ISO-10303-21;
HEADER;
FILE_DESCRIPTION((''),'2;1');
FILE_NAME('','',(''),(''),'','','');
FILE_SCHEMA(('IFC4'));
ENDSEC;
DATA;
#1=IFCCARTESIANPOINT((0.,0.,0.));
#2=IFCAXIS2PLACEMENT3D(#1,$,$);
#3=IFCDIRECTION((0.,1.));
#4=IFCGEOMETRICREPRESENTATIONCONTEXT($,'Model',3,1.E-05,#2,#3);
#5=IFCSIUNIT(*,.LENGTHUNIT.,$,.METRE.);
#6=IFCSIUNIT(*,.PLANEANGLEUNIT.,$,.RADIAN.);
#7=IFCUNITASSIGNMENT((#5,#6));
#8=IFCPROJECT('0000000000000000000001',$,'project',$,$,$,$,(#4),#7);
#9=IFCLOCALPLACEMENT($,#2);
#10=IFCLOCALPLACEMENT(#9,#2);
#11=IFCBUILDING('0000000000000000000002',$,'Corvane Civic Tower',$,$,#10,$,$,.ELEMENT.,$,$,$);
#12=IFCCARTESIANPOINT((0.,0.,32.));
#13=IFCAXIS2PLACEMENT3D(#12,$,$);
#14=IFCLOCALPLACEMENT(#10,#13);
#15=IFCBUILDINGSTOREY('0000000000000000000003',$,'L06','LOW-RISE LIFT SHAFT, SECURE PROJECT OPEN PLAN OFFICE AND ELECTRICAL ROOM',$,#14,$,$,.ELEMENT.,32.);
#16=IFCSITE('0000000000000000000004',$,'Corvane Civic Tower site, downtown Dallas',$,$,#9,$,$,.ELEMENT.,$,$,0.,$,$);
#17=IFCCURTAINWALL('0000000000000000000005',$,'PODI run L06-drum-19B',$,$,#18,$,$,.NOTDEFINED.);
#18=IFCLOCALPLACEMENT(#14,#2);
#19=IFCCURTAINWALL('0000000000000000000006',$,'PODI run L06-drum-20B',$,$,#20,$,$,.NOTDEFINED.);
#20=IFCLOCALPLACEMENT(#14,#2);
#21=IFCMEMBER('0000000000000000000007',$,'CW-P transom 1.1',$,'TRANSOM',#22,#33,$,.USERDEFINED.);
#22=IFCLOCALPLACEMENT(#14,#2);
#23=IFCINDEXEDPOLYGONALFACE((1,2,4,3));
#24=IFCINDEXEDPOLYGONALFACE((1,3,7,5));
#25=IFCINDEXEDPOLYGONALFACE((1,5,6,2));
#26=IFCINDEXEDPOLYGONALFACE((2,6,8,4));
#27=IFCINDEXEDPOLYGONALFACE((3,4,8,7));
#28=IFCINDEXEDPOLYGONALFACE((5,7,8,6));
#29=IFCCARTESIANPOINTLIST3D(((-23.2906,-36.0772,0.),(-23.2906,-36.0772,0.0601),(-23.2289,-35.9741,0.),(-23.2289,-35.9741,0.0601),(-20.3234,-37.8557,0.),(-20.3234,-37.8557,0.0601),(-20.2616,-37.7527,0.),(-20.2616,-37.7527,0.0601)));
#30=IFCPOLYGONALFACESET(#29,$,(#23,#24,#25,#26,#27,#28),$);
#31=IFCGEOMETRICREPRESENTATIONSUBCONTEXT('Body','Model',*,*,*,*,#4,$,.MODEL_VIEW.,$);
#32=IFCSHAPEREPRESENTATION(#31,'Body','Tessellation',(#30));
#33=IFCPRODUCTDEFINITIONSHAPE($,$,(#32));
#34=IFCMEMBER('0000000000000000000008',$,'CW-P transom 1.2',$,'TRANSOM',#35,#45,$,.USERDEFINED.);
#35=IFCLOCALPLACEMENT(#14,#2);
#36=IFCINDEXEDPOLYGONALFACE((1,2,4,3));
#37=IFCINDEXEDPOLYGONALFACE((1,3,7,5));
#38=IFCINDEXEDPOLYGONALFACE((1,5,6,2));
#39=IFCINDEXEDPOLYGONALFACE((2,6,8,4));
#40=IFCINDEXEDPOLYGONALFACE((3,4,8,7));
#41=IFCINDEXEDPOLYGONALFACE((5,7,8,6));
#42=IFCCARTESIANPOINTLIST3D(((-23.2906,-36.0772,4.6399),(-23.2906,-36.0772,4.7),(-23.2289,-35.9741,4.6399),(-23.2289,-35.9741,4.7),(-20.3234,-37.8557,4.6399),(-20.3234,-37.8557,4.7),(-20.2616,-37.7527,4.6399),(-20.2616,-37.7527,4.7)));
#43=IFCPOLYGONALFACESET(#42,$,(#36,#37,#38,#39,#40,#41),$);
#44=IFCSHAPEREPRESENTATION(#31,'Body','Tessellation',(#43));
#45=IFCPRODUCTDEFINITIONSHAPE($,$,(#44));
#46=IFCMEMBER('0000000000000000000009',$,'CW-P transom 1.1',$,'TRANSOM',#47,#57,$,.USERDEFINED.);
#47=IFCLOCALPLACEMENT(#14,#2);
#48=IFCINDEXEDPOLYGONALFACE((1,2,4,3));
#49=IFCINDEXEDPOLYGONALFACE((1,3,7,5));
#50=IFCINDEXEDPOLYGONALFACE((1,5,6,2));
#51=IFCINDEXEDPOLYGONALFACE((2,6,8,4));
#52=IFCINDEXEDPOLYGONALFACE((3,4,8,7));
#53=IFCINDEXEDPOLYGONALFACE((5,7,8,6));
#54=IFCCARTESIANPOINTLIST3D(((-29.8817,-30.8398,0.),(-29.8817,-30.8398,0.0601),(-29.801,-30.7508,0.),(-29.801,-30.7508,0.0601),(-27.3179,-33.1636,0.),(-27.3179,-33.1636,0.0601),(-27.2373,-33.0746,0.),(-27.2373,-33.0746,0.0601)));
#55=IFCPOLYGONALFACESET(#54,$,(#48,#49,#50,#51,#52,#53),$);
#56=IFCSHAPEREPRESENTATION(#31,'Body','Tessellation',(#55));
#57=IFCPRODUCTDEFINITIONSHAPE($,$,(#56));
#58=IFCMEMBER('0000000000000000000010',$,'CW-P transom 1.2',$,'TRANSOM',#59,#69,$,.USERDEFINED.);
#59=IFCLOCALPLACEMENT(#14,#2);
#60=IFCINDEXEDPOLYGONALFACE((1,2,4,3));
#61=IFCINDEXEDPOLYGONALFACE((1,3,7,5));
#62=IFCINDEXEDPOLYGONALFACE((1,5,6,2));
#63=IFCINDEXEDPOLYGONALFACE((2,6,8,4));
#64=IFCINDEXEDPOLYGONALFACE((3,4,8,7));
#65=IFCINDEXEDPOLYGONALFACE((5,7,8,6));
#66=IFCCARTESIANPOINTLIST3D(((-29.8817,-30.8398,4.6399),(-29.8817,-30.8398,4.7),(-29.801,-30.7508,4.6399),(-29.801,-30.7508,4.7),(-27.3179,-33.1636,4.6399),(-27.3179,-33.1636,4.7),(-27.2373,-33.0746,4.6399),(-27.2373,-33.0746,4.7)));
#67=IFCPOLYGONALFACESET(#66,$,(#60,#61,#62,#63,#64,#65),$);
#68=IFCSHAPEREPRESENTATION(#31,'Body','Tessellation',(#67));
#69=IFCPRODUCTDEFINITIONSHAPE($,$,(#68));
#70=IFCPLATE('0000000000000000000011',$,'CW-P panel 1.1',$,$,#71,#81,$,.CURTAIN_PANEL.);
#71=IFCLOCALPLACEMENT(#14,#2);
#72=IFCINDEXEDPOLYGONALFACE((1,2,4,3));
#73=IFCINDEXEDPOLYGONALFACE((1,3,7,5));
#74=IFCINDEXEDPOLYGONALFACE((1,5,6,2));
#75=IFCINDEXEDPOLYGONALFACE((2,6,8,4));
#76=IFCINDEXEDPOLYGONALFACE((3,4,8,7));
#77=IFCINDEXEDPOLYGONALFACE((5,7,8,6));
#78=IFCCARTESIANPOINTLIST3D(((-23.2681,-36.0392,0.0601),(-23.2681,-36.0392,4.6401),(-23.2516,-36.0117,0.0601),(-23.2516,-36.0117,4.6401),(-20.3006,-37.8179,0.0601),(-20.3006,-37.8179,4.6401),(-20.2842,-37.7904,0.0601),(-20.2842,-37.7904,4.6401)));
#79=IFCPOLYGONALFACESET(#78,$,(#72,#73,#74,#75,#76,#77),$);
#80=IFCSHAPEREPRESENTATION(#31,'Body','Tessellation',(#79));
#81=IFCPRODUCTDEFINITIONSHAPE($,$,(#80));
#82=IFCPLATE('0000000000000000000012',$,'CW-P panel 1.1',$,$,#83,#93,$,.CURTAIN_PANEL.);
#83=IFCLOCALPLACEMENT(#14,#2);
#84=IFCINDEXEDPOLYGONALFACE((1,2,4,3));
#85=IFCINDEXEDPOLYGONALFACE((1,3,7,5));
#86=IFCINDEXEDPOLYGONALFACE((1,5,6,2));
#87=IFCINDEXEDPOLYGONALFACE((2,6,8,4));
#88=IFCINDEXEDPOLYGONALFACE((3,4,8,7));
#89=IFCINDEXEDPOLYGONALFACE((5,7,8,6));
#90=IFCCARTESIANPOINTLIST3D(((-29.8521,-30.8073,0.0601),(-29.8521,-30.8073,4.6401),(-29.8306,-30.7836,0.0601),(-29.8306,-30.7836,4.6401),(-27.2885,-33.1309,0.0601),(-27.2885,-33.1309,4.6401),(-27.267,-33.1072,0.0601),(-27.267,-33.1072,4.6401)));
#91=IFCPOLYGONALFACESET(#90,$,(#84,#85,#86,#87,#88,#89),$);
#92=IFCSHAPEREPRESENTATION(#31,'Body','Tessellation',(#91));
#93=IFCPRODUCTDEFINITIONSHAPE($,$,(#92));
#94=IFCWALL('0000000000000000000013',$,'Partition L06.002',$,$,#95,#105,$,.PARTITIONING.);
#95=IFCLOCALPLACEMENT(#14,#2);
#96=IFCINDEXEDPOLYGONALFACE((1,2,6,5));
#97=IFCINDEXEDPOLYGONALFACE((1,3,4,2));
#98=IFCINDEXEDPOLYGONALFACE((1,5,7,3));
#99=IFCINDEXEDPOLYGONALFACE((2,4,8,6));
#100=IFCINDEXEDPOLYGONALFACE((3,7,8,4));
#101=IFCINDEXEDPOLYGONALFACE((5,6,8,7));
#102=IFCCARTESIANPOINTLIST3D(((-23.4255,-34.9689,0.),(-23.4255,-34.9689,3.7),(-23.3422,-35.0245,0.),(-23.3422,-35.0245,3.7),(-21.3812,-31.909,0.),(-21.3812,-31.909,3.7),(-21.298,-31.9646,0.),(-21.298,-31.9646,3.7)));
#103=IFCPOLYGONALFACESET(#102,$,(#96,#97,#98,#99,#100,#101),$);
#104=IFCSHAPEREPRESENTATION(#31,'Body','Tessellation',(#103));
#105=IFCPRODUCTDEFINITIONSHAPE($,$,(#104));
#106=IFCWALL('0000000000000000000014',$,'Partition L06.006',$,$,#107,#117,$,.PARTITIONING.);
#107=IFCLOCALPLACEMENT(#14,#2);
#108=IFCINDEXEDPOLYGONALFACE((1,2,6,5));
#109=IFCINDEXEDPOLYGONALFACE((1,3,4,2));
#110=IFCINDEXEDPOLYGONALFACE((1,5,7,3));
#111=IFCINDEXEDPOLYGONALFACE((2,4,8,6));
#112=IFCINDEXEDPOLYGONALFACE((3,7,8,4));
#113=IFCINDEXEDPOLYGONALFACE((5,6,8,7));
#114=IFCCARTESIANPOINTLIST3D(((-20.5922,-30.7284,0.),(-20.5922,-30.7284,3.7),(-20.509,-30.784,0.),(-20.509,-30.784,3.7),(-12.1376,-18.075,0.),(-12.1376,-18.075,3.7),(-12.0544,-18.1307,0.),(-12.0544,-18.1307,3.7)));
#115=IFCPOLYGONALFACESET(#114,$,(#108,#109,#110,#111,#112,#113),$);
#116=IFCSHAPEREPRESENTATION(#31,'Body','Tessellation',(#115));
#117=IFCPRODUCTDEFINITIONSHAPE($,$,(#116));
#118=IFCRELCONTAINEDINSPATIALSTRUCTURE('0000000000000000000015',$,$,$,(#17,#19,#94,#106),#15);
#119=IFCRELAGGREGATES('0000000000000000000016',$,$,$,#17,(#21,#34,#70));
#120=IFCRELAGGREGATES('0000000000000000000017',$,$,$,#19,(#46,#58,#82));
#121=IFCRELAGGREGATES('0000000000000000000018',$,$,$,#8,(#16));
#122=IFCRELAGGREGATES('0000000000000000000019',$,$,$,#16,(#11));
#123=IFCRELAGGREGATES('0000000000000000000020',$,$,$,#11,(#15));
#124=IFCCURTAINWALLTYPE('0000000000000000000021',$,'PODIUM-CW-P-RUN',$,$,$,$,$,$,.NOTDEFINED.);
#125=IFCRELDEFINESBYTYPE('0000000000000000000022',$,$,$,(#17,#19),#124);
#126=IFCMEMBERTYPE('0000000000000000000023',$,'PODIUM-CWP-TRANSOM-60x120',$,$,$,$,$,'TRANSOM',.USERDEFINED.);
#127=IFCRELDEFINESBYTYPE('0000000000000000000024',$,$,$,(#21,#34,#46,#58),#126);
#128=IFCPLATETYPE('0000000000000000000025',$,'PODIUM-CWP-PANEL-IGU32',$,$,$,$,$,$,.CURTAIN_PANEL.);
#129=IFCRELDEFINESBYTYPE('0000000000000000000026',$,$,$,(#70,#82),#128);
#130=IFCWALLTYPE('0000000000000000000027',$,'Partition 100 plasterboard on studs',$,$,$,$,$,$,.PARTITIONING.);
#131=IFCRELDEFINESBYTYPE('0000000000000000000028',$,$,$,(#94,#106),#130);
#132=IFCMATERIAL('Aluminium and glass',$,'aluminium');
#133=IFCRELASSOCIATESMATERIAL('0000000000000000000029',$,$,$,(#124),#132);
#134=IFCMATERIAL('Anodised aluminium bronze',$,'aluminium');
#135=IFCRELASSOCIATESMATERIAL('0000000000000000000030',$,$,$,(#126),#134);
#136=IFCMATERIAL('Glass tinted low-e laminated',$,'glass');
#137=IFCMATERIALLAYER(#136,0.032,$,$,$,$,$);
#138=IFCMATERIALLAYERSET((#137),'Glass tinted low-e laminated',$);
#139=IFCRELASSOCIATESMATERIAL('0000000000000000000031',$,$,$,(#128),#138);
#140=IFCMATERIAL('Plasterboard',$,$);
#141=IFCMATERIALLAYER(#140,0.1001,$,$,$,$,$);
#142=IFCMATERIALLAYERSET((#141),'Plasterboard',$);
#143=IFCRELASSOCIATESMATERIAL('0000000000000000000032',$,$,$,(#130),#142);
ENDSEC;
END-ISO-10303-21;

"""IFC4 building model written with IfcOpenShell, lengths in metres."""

from ifc_helpers import new_model, si_unit, direction, frame, frame_2d, origin, origin_2d, place, context, subcontext, project, spatial, rectangle, extrude, material, layer, layer_set, material_profile, profile_set, type_object, element, aggregate, save


model = new_model("IFC4")

# Units and contexts
model_context = context("Model", 3, precision=1e-05, world=origin(), true_north=direction((0.0, 1.0)))
body_context = subcontext(model_context, "Body", "Model", "MODEL_VIEW")
ifc_project = project(units=[si_unit("LENGTHUNIT", "METRE"), si_unit("PLANEANGLEUNIT", "RADIAN")], contexts=[model_context])

# Site, building, storey
site_placement = place(None, origin())
site = spatial("IfcSite", under=ifc_project, at=site_placement, Name="Corvane Civic Tower site, downtown Dallas", CompositionType="ELEMENT", RefElevation=0.0)
building_placement = place(site_placement, origin())
building = spatial("IfcBuilding", under=site, at=building_placement, Name="Corvane Civic Tower", CompositionType="ELEMENT")
storey_placement = place(building_placement, frame((0.0, 0.0, 32.0)))
storey = spatial("IfcBuildingStorey", under=building, at=storey_placement, Name="L06", Description="LOW-RISE LIFT SHAFT, SECURE PROJECT OPEN PLAN OFFICE AND ELECTRICAL ROOM", CompositionType="ELEMENT", Elevation=32.0)

# Curtain wall
ifc_material_1 = material(Name="Aluminium and glass", Category="aluminium")
curtain_wall_type = type_object("IfcCurtainWallType", Name="PODIUM-CW-P-RUN", PredefinedType="NOTDEFINED", material=ifc_material_1)
curtain_wall_1_placement = place(storey_placement, origin())
curtain_wall_1 = element("IfcCurtainWall", 1, at=curtain_wall_1_placement, inside=storey, type_object=curtain_wall_type, Name="PODI run L06-drum-19B", PredefinedType="NOTDEFINED")

# Curtain wall
curtain_wall_2_placement = place(storey_placement, origin())
curtain_wall_2 = element("IfcCurtainWall", 2, at=curtain_wall_2_placement, inside=storey, type_object=curtain_wall_type, Name="PODI run L06-drum-20B", PredefinedType="NOTDEFINED")

# Members
ifc_material_2 = material(Name="Anodised aluminium bronze", Category="aluminium")
ifc_material_profile_1 = material_profile(ifc_material_2, rectangle(XDim=0.1201, YDim=0.0601, at=origin_2d()), Name="AL 120x60")
ifc_profile_set_1 = profile_set([ifc_material_profile_1], Name="Anodised aluminium bronze")
member_type_1 = type_object("IfcMemberType", Name="PODIUM-CWP-TRANSOM-60x120", ElementType="TRANSOM", PredefinedType="USERDEFINED", material=ifc_profile_set_1)
member_1_placement = place(storey_placement, frame((-20.2925, -37.8042, 0.03), z_axis=(-0.857723, 0.514112, 0.0), x_axis=(-0.514112, -0.857723, 0.0)))
member_1 = element("IfcMember", 3, at=member_1_placement, type_object=member_type_1, Name="CW-P transom 1.1", ObjectType="TRANSOM", PredefinedType="USERDEFINED", context=body_context, shape_type="SweptSolid", body=[
    extrude(rectangle(XDim=0.1201, YDim=0.0601, at=origin_2d()), origin(), (0.0, 0.0, 1.0), 3.4595),
])
member_2_placement = place(storey_placement, frame((-20.2925, -37.8042, 4.6699), z_axis=(-0.857723, 0.514112, 0.0), x_axis=(-0.514112, -0.857723, 0.0)))
member_2 = element("IfcMember", 4, at=member_2_placement, type_object=member_type_1, Name="CW-P transom 1.2", ObjectType="TRANSOM", PredefinedType="USERDEFINED", context=body_context, shape_type="SweptSolid", body=[
    extrude(rectangle(XDim=0.1201, YDim=0.0601, at=origin_2d()), origin(), (0.0, 0.0, 1.0), 3.4595),
])
member_3_placement = place(storey_placement, frame((-27.2776, -33.1191, 0.03), z_axis=(-0.740935, 0.671576, 0.0), x_axis=(-0.671576, -0.740935, 0.0)))
member_3 = element("IfcMember", 5, at=member_3_placement, type_object=member_type_1, Name="CW-P transom 1.1", ObjectType="TRANSOM", PredefinedType="USERDEFINED", context=body_context, shape_type="SweptSolid", body=[
    extrude(rectangle(XDim=0.1201, YDim=0.0601, at=origin_2d()), origin(), (0.0, 0.0, 1.0), 3.4602),
])
member_4_placement = place(storey_placement, frame((-27.2776, -33.1191, 4.6699), z_axis=(-0.740935, 0.671576, 0.0), x_axis=(-0.671576, -0.740935, 0.0)))
member_4 = element("IfcMember", 6, at=member_4_placement, type_object=member_type_1, Name="CW-P transom 1.2", ObjectType="TRANSOM", PredefinedType="USERDEFINED", context=body_context, shape_type="SweptSolid", body=[
    extrude(rectangle(XDim=0.1201, YDim=0.0601, at=origin_2d()), origin(), (0.0, 0.0, 1.0), 3.4602),
])

# Plates
ifc_material_3 = material(Name="Glass tinted low-e laminated", Category="glass")
ifc_layer_1 = layer(ifc_material_3, 0.032)
ifc_layer_set_1 = layer_set([ifc_layer_1], Name="Glass tinted low-e laminated")
plate_type = type_object("IfcPlateType", Name="PODIUM-CWP-PANEL-IGU32", PredefinedType="CURTAIN_PANEL", material=ifc_layer_set_1)
plate_1_placement = place(storey_placement, frame((-21.7761, -36.9148, 0.0601), z_axis=(0.0, 0.0, 1.0), x_axis=(-0.85772, 0.514118, 0.0)))
plate_1 = element("IfcPlate", 7, at=plate_1_placement, type_object=plate_type, Name="CW-P panel 1.1", PredefinedType="CURTAIN_PANEL", context=body_context, shape_type="SweptSolid", body=[
    extrude(rectangle(XDim=3.4597, YDim=0.032, at=origin_2d()), origin(), (0.0, 0.0, 1.0), 4.5801),
])
aggregate(curtain_wall_1, [member_1, member_2, plate_1])
plate_2_placement = place(storey_placement, frame((-28.5596, -31.9573, 0.0601), z_axis=(0.0, 0.0, 1.0), x_axis=(-0.740935, 0.671576, 0.0)))
plate_2 = element("IfcPlate", 8, at=plate_2_placement, type_object=plate_type, Name="CW-P panel 1.1", PredefinedType="CURTAIN_PANEL", context=body_context, shape_type="SweptSolid", body=[
    extrude(rectangle(XDim=3.46, YDim=0.032, at=origin_2d()), origin(), (0.0, 0.0, 1.0), 4.5801),
])
aggregate(curtain_wall_2, [member_3, member_4, plate_2])

# Walls
ifc_material_4 = material(Name="Plasterboard")
ifc_layer_2 = layer(ifc_material_4, 0.1001)
ifc_layer_set_2 = layer_set([ifc_layer_2], Name="Plasterboard")
wall_type_1 = type_object("IfcWallType", Name="Partition 100 plasterboard on studs", PredefinedType="PARTITIONING", material=ifc_layer_set_2)
wall_1_placement = place(storey_placement, frame((-23.3838, -34.9966, 0.0), z_axis=(0.0, 0.0, 1.0), x_axis=(0.555511, 0.831509, 0.0)))
element("IfcWall", 9, at=wall_1_placement, inside=storey, type_object=wall_type_1, Name="Partition L06.002", PredefinedType="PARTITIONING", context=body_context, shape_type="SweptSolid", body=[
    extrude(rectangle(XDim=3.6799, YDim=0.1001, at=frame_2d((1.8398, 0.0))), origin(), (0.0, 0.0, 1.0), 3.7),
])
wall_2_placement = place(storey_placement, frame((-20.5505, -30.7561, 0.0), z_axis=(0.0, 0.0, 1.0), x_axis=(0.555566, 0.831472, 0.0)))
element("IfcWall", 10, at=wall_2_placement, inside=storey, type_object=wall_type_1, Name="Partition L06.006", PredefinedType="PARTITIONING", context=body_context, shape_type="SweptSolid", body=[
    extrude(rectangle(XDim=15.218, YDim=0.1001, at=frame_2d((7.6089, 0.0))), origin(), (0.0, 0.0, 1.0), 3.7),
])

save(model, "model.ifc")
